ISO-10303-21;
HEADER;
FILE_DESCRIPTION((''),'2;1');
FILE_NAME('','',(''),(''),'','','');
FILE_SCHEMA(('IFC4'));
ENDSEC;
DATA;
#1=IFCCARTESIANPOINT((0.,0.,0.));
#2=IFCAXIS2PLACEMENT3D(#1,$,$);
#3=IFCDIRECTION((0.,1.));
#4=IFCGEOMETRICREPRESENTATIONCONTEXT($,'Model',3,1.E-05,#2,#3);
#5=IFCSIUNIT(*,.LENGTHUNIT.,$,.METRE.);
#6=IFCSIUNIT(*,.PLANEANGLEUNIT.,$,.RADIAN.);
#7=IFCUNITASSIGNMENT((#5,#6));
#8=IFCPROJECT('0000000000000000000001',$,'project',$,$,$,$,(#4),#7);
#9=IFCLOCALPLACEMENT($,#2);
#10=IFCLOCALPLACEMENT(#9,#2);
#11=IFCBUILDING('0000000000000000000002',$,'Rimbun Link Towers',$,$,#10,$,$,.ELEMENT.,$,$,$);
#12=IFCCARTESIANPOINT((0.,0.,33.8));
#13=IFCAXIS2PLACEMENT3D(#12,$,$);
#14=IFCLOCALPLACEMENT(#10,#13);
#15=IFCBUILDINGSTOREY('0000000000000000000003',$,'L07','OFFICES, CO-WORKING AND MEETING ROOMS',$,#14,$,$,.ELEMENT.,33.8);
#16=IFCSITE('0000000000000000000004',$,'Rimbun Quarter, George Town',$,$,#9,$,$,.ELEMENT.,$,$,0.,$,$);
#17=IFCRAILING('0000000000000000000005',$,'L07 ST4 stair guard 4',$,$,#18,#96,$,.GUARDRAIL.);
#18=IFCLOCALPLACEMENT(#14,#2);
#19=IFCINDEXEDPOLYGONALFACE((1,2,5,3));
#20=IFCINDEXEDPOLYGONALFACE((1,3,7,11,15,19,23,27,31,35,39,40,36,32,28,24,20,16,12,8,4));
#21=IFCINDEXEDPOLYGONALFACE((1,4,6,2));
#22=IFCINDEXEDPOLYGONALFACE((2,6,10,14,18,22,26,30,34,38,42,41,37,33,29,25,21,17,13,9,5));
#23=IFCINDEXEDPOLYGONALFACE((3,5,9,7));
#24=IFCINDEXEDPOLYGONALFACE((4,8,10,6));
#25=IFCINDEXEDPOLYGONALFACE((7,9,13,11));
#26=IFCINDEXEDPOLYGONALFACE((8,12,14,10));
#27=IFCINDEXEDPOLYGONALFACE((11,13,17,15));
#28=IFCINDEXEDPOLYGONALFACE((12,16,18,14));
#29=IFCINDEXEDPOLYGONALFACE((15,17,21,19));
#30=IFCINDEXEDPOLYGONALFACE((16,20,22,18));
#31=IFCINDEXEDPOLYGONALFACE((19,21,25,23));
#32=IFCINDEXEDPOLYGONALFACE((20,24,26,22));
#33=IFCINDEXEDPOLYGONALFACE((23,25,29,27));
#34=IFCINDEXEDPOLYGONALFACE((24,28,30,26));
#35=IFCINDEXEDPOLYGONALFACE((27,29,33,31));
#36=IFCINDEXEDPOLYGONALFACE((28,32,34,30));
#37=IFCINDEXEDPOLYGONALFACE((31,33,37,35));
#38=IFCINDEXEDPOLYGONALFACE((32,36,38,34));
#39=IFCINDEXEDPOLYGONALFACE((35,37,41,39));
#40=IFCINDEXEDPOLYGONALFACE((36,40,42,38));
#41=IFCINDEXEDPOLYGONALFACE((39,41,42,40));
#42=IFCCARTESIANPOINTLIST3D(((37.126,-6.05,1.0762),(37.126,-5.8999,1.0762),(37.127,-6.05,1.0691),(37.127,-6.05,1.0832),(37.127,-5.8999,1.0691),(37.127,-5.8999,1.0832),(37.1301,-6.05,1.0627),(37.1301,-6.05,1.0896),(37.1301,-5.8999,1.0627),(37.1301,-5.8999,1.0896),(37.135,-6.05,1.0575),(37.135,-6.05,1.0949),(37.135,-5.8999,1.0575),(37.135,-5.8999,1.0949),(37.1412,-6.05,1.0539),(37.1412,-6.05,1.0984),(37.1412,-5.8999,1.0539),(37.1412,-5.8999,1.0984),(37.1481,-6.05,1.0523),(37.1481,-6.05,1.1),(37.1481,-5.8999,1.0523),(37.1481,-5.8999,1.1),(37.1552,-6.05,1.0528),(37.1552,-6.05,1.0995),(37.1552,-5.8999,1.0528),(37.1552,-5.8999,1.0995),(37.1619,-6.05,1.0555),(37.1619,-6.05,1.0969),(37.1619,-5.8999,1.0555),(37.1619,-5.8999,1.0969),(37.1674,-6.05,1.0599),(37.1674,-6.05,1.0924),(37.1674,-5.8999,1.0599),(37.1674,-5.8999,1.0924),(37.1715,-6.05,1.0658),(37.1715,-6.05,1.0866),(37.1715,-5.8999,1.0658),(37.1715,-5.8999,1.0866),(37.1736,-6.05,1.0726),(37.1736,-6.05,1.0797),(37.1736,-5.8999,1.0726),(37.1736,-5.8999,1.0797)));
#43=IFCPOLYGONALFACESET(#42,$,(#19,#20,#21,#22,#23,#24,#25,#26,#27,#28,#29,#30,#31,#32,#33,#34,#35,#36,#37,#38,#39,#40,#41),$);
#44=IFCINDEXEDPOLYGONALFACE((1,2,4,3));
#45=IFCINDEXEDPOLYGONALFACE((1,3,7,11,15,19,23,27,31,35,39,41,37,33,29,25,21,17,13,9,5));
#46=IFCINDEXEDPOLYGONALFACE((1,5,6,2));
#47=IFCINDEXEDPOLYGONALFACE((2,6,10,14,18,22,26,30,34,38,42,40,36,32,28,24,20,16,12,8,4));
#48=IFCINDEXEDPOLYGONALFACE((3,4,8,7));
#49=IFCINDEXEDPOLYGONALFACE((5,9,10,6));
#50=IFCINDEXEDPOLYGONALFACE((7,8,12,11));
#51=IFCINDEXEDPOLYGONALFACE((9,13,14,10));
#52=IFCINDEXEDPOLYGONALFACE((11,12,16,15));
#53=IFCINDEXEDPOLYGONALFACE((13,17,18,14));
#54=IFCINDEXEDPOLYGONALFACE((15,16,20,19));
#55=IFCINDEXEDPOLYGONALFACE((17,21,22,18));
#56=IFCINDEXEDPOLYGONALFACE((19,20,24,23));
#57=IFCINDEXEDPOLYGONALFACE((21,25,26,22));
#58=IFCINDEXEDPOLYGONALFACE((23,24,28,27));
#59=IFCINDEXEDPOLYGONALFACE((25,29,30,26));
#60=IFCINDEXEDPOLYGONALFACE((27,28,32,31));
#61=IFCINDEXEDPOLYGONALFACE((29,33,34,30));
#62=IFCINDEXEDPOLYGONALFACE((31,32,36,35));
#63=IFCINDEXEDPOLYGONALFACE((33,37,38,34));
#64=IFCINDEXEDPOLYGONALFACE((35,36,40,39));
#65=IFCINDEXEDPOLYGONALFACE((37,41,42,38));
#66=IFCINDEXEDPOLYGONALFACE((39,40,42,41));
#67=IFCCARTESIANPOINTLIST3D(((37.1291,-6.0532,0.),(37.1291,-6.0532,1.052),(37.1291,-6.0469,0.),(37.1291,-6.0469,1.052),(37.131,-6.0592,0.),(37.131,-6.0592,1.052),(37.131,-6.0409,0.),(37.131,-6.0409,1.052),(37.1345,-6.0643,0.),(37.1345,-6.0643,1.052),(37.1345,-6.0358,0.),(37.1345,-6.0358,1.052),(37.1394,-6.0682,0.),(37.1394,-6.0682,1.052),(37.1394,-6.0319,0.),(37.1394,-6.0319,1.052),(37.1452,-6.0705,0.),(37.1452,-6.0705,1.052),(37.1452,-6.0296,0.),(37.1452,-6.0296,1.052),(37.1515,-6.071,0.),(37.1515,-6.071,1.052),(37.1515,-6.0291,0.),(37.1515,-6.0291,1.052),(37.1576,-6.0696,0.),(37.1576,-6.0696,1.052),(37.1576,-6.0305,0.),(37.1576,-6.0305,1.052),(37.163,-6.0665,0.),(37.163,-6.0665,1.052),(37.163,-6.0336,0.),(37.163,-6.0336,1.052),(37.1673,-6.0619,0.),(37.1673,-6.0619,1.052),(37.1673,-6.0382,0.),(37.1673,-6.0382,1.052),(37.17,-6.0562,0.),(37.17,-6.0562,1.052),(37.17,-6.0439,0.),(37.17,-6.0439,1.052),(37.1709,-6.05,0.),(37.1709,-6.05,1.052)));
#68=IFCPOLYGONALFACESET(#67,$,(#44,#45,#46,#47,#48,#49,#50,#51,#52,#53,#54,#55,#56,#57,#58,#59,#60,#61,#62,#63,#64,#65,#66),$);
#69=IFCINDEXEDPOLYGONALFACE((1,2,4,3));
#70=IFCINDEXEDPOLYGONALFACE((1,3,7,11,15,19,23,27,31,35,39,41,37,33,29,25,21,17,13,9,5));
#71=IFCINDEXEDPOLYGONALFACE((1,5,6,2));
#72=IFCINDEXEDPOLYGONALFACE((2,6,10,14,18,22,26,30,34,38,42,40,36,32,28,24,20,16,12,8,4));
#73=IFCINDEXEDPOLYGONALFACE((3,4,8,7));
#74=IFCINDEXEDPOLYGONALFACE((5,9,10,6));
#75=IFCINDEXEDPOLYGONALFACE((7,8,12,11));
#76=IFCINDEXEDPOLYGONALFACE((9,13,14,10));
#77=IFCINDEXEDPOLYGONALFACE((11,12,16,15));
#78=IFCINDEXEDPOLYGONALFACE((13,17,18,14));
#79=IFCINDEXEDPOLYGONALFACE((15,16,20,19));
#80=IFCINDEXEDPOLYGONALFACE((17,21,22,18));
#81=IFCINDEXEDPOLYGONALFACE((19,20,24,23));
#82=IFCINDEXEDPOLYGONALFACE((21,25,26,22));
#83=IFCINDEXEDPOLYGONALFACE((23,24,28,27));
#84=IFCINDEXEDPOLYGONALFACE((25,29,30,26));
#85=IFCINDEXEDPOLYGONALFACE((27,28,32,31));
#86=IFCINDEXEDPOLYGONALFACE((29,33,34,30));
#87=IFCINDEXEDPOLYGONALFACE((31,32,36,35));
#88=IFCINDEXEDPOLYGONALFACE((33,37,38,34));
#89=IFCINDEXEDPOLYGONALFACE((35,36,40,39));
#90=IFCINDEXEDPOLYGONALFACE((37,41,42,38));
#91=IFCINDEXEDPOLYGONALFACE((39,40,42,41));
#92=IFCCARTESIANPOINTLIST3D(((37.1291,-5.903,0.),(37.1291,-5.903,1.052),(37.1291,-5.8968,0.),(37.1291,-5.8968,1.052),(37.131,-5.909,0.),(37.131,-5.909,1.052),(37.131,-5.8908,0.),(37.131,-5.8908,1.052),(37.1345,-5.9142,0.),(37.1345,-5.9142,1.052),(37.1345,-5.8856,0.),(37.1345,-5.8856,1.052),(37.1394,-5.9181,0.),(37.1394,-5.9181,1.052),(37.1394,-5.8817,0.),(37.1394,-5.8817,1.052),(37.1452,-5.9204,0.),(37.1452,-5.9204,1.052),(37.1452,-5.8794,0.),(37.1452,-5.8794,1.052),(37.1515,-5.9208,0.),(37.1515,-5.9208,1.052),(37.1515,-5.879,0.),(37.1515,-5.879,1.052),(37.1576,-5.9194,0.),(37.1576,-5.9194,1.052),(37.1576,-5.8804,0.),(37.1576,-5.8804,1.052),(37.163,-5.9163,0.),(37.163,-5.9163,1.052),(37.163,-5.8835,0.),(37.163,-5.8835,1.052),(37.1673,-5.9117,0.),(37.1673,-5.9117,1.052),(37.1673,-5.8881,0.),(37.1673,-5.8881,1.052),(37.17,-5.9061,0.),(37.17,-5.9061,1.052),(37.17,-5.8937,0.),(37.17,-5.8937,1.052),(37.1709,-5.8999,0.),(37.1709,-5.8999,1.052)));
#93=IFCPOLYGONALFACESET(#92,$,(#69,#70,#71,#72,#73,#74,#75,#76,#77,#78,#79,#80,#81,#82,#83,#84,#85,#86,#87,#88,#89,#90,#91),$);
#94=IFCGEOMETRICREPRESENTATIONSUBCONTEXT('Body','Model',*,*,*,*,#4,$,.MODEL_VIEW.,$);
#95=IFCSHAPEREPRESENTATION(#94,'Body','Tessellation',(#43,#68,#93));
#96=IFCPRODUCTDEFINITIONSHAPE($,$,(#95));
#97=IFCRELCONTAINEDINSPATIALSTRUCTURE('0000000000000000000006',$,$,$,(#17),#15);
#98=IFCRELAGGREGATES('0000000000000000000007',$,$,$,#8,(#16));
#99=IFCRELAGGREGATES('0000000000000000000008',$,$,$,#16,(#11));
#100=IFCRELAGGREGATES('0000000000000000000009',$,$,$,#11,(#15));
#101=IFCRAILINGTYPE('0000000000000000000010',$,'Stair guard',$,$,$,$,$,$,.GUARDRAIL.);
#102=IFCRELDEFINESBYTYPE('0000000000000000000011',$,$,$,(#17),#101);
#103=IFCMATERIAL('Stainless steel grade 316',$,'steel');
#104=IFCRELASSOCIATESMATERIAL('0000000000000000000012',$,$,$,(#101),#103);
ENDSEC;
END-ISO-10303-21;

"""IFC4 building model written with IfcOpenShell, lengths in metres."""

from ifc_helpers import new_model, si_unit, direction, frame, origin, origin_2d, place, context, subcontext, project, spatial, circle, extrude, material, type_object, element, save


model = new_model("IFC4")

# Units and contexts
model_context = context("Model", 3, precision=1e-05, world=origin(), true_north=direction((0.0, 1.0)))
body_context = subcontext(model_context, "Body", "Model", "MODEL_VIEW")
ifc_project = project(units=[si_unit("LENGTHUNIT", "METRE"), si_unit("PLANEANGLEUNIT", "RADIAN")], contexts=[model_context])

# Site, building, storey
site_placement = place(None, origin())
site = spatial("IfcSite", under=ifc_project, at=site_placement, Name="Rimbun Quarter, George Town", CompositionType="ELEMENT", RefElevation=0.0)
building_placement = place(site_placement, origin())
building = spatial("IfcBuilding", under=site, at=building_placement, Name="Rimbun Link Towers", CompositionType="ELEMENT")
storey_placement = place(building_placement, frame((0.0, 0.0, 33.8)))
storey = spatial("IfcBuildingStorey", under=building, at=storey_placement, Name="L07", Description="OFFICES, CO-WORKING AND MEETING ROOMS", CompositionType="ELEMENT", Elevation=33.8)

# Railing
ifc_material_1 = material(Name="Stainless steel grade 316", Category="steel")
railing_type_1 = type_object("IfcRailingType", Name="Stair guard", PredefinedType="GUARDRAIL", material=ifc_material_1)
railing_1_placement = place(storey_placement, frame((37.1499, -6.05, 0.0)))
element("IfcRailing", 1, at=railing_1_placement, inside=storey, type_object=railing_type_1, Name="L07 ST4 stair guard 4", PredefinedType="GUARDRAIL", context=body_context, shape_type="SweptSolid", body=[
    extrude(circle(Radius=0.0239, at=origin_2d()), frame((0.0, 0.0, 1.0762), z_axis=(0.0, 1.0, 0.0), x_axis=(-1.0, 0.0, 0.0)), (0.0, 0.0, 1.0), 0.1501),
    extrude(circle(Radius=0.021, at=origin_2d()), origin(), (0.0, 0.0, 1.0), 1.052),
    extrude(circle(Radius=0.021, at=origin_2d()), frame((0.0, 0.1501, 0.0)), (0.0, 0.0, 1.0), 1.052),
])

save(model, "model.ifc")
